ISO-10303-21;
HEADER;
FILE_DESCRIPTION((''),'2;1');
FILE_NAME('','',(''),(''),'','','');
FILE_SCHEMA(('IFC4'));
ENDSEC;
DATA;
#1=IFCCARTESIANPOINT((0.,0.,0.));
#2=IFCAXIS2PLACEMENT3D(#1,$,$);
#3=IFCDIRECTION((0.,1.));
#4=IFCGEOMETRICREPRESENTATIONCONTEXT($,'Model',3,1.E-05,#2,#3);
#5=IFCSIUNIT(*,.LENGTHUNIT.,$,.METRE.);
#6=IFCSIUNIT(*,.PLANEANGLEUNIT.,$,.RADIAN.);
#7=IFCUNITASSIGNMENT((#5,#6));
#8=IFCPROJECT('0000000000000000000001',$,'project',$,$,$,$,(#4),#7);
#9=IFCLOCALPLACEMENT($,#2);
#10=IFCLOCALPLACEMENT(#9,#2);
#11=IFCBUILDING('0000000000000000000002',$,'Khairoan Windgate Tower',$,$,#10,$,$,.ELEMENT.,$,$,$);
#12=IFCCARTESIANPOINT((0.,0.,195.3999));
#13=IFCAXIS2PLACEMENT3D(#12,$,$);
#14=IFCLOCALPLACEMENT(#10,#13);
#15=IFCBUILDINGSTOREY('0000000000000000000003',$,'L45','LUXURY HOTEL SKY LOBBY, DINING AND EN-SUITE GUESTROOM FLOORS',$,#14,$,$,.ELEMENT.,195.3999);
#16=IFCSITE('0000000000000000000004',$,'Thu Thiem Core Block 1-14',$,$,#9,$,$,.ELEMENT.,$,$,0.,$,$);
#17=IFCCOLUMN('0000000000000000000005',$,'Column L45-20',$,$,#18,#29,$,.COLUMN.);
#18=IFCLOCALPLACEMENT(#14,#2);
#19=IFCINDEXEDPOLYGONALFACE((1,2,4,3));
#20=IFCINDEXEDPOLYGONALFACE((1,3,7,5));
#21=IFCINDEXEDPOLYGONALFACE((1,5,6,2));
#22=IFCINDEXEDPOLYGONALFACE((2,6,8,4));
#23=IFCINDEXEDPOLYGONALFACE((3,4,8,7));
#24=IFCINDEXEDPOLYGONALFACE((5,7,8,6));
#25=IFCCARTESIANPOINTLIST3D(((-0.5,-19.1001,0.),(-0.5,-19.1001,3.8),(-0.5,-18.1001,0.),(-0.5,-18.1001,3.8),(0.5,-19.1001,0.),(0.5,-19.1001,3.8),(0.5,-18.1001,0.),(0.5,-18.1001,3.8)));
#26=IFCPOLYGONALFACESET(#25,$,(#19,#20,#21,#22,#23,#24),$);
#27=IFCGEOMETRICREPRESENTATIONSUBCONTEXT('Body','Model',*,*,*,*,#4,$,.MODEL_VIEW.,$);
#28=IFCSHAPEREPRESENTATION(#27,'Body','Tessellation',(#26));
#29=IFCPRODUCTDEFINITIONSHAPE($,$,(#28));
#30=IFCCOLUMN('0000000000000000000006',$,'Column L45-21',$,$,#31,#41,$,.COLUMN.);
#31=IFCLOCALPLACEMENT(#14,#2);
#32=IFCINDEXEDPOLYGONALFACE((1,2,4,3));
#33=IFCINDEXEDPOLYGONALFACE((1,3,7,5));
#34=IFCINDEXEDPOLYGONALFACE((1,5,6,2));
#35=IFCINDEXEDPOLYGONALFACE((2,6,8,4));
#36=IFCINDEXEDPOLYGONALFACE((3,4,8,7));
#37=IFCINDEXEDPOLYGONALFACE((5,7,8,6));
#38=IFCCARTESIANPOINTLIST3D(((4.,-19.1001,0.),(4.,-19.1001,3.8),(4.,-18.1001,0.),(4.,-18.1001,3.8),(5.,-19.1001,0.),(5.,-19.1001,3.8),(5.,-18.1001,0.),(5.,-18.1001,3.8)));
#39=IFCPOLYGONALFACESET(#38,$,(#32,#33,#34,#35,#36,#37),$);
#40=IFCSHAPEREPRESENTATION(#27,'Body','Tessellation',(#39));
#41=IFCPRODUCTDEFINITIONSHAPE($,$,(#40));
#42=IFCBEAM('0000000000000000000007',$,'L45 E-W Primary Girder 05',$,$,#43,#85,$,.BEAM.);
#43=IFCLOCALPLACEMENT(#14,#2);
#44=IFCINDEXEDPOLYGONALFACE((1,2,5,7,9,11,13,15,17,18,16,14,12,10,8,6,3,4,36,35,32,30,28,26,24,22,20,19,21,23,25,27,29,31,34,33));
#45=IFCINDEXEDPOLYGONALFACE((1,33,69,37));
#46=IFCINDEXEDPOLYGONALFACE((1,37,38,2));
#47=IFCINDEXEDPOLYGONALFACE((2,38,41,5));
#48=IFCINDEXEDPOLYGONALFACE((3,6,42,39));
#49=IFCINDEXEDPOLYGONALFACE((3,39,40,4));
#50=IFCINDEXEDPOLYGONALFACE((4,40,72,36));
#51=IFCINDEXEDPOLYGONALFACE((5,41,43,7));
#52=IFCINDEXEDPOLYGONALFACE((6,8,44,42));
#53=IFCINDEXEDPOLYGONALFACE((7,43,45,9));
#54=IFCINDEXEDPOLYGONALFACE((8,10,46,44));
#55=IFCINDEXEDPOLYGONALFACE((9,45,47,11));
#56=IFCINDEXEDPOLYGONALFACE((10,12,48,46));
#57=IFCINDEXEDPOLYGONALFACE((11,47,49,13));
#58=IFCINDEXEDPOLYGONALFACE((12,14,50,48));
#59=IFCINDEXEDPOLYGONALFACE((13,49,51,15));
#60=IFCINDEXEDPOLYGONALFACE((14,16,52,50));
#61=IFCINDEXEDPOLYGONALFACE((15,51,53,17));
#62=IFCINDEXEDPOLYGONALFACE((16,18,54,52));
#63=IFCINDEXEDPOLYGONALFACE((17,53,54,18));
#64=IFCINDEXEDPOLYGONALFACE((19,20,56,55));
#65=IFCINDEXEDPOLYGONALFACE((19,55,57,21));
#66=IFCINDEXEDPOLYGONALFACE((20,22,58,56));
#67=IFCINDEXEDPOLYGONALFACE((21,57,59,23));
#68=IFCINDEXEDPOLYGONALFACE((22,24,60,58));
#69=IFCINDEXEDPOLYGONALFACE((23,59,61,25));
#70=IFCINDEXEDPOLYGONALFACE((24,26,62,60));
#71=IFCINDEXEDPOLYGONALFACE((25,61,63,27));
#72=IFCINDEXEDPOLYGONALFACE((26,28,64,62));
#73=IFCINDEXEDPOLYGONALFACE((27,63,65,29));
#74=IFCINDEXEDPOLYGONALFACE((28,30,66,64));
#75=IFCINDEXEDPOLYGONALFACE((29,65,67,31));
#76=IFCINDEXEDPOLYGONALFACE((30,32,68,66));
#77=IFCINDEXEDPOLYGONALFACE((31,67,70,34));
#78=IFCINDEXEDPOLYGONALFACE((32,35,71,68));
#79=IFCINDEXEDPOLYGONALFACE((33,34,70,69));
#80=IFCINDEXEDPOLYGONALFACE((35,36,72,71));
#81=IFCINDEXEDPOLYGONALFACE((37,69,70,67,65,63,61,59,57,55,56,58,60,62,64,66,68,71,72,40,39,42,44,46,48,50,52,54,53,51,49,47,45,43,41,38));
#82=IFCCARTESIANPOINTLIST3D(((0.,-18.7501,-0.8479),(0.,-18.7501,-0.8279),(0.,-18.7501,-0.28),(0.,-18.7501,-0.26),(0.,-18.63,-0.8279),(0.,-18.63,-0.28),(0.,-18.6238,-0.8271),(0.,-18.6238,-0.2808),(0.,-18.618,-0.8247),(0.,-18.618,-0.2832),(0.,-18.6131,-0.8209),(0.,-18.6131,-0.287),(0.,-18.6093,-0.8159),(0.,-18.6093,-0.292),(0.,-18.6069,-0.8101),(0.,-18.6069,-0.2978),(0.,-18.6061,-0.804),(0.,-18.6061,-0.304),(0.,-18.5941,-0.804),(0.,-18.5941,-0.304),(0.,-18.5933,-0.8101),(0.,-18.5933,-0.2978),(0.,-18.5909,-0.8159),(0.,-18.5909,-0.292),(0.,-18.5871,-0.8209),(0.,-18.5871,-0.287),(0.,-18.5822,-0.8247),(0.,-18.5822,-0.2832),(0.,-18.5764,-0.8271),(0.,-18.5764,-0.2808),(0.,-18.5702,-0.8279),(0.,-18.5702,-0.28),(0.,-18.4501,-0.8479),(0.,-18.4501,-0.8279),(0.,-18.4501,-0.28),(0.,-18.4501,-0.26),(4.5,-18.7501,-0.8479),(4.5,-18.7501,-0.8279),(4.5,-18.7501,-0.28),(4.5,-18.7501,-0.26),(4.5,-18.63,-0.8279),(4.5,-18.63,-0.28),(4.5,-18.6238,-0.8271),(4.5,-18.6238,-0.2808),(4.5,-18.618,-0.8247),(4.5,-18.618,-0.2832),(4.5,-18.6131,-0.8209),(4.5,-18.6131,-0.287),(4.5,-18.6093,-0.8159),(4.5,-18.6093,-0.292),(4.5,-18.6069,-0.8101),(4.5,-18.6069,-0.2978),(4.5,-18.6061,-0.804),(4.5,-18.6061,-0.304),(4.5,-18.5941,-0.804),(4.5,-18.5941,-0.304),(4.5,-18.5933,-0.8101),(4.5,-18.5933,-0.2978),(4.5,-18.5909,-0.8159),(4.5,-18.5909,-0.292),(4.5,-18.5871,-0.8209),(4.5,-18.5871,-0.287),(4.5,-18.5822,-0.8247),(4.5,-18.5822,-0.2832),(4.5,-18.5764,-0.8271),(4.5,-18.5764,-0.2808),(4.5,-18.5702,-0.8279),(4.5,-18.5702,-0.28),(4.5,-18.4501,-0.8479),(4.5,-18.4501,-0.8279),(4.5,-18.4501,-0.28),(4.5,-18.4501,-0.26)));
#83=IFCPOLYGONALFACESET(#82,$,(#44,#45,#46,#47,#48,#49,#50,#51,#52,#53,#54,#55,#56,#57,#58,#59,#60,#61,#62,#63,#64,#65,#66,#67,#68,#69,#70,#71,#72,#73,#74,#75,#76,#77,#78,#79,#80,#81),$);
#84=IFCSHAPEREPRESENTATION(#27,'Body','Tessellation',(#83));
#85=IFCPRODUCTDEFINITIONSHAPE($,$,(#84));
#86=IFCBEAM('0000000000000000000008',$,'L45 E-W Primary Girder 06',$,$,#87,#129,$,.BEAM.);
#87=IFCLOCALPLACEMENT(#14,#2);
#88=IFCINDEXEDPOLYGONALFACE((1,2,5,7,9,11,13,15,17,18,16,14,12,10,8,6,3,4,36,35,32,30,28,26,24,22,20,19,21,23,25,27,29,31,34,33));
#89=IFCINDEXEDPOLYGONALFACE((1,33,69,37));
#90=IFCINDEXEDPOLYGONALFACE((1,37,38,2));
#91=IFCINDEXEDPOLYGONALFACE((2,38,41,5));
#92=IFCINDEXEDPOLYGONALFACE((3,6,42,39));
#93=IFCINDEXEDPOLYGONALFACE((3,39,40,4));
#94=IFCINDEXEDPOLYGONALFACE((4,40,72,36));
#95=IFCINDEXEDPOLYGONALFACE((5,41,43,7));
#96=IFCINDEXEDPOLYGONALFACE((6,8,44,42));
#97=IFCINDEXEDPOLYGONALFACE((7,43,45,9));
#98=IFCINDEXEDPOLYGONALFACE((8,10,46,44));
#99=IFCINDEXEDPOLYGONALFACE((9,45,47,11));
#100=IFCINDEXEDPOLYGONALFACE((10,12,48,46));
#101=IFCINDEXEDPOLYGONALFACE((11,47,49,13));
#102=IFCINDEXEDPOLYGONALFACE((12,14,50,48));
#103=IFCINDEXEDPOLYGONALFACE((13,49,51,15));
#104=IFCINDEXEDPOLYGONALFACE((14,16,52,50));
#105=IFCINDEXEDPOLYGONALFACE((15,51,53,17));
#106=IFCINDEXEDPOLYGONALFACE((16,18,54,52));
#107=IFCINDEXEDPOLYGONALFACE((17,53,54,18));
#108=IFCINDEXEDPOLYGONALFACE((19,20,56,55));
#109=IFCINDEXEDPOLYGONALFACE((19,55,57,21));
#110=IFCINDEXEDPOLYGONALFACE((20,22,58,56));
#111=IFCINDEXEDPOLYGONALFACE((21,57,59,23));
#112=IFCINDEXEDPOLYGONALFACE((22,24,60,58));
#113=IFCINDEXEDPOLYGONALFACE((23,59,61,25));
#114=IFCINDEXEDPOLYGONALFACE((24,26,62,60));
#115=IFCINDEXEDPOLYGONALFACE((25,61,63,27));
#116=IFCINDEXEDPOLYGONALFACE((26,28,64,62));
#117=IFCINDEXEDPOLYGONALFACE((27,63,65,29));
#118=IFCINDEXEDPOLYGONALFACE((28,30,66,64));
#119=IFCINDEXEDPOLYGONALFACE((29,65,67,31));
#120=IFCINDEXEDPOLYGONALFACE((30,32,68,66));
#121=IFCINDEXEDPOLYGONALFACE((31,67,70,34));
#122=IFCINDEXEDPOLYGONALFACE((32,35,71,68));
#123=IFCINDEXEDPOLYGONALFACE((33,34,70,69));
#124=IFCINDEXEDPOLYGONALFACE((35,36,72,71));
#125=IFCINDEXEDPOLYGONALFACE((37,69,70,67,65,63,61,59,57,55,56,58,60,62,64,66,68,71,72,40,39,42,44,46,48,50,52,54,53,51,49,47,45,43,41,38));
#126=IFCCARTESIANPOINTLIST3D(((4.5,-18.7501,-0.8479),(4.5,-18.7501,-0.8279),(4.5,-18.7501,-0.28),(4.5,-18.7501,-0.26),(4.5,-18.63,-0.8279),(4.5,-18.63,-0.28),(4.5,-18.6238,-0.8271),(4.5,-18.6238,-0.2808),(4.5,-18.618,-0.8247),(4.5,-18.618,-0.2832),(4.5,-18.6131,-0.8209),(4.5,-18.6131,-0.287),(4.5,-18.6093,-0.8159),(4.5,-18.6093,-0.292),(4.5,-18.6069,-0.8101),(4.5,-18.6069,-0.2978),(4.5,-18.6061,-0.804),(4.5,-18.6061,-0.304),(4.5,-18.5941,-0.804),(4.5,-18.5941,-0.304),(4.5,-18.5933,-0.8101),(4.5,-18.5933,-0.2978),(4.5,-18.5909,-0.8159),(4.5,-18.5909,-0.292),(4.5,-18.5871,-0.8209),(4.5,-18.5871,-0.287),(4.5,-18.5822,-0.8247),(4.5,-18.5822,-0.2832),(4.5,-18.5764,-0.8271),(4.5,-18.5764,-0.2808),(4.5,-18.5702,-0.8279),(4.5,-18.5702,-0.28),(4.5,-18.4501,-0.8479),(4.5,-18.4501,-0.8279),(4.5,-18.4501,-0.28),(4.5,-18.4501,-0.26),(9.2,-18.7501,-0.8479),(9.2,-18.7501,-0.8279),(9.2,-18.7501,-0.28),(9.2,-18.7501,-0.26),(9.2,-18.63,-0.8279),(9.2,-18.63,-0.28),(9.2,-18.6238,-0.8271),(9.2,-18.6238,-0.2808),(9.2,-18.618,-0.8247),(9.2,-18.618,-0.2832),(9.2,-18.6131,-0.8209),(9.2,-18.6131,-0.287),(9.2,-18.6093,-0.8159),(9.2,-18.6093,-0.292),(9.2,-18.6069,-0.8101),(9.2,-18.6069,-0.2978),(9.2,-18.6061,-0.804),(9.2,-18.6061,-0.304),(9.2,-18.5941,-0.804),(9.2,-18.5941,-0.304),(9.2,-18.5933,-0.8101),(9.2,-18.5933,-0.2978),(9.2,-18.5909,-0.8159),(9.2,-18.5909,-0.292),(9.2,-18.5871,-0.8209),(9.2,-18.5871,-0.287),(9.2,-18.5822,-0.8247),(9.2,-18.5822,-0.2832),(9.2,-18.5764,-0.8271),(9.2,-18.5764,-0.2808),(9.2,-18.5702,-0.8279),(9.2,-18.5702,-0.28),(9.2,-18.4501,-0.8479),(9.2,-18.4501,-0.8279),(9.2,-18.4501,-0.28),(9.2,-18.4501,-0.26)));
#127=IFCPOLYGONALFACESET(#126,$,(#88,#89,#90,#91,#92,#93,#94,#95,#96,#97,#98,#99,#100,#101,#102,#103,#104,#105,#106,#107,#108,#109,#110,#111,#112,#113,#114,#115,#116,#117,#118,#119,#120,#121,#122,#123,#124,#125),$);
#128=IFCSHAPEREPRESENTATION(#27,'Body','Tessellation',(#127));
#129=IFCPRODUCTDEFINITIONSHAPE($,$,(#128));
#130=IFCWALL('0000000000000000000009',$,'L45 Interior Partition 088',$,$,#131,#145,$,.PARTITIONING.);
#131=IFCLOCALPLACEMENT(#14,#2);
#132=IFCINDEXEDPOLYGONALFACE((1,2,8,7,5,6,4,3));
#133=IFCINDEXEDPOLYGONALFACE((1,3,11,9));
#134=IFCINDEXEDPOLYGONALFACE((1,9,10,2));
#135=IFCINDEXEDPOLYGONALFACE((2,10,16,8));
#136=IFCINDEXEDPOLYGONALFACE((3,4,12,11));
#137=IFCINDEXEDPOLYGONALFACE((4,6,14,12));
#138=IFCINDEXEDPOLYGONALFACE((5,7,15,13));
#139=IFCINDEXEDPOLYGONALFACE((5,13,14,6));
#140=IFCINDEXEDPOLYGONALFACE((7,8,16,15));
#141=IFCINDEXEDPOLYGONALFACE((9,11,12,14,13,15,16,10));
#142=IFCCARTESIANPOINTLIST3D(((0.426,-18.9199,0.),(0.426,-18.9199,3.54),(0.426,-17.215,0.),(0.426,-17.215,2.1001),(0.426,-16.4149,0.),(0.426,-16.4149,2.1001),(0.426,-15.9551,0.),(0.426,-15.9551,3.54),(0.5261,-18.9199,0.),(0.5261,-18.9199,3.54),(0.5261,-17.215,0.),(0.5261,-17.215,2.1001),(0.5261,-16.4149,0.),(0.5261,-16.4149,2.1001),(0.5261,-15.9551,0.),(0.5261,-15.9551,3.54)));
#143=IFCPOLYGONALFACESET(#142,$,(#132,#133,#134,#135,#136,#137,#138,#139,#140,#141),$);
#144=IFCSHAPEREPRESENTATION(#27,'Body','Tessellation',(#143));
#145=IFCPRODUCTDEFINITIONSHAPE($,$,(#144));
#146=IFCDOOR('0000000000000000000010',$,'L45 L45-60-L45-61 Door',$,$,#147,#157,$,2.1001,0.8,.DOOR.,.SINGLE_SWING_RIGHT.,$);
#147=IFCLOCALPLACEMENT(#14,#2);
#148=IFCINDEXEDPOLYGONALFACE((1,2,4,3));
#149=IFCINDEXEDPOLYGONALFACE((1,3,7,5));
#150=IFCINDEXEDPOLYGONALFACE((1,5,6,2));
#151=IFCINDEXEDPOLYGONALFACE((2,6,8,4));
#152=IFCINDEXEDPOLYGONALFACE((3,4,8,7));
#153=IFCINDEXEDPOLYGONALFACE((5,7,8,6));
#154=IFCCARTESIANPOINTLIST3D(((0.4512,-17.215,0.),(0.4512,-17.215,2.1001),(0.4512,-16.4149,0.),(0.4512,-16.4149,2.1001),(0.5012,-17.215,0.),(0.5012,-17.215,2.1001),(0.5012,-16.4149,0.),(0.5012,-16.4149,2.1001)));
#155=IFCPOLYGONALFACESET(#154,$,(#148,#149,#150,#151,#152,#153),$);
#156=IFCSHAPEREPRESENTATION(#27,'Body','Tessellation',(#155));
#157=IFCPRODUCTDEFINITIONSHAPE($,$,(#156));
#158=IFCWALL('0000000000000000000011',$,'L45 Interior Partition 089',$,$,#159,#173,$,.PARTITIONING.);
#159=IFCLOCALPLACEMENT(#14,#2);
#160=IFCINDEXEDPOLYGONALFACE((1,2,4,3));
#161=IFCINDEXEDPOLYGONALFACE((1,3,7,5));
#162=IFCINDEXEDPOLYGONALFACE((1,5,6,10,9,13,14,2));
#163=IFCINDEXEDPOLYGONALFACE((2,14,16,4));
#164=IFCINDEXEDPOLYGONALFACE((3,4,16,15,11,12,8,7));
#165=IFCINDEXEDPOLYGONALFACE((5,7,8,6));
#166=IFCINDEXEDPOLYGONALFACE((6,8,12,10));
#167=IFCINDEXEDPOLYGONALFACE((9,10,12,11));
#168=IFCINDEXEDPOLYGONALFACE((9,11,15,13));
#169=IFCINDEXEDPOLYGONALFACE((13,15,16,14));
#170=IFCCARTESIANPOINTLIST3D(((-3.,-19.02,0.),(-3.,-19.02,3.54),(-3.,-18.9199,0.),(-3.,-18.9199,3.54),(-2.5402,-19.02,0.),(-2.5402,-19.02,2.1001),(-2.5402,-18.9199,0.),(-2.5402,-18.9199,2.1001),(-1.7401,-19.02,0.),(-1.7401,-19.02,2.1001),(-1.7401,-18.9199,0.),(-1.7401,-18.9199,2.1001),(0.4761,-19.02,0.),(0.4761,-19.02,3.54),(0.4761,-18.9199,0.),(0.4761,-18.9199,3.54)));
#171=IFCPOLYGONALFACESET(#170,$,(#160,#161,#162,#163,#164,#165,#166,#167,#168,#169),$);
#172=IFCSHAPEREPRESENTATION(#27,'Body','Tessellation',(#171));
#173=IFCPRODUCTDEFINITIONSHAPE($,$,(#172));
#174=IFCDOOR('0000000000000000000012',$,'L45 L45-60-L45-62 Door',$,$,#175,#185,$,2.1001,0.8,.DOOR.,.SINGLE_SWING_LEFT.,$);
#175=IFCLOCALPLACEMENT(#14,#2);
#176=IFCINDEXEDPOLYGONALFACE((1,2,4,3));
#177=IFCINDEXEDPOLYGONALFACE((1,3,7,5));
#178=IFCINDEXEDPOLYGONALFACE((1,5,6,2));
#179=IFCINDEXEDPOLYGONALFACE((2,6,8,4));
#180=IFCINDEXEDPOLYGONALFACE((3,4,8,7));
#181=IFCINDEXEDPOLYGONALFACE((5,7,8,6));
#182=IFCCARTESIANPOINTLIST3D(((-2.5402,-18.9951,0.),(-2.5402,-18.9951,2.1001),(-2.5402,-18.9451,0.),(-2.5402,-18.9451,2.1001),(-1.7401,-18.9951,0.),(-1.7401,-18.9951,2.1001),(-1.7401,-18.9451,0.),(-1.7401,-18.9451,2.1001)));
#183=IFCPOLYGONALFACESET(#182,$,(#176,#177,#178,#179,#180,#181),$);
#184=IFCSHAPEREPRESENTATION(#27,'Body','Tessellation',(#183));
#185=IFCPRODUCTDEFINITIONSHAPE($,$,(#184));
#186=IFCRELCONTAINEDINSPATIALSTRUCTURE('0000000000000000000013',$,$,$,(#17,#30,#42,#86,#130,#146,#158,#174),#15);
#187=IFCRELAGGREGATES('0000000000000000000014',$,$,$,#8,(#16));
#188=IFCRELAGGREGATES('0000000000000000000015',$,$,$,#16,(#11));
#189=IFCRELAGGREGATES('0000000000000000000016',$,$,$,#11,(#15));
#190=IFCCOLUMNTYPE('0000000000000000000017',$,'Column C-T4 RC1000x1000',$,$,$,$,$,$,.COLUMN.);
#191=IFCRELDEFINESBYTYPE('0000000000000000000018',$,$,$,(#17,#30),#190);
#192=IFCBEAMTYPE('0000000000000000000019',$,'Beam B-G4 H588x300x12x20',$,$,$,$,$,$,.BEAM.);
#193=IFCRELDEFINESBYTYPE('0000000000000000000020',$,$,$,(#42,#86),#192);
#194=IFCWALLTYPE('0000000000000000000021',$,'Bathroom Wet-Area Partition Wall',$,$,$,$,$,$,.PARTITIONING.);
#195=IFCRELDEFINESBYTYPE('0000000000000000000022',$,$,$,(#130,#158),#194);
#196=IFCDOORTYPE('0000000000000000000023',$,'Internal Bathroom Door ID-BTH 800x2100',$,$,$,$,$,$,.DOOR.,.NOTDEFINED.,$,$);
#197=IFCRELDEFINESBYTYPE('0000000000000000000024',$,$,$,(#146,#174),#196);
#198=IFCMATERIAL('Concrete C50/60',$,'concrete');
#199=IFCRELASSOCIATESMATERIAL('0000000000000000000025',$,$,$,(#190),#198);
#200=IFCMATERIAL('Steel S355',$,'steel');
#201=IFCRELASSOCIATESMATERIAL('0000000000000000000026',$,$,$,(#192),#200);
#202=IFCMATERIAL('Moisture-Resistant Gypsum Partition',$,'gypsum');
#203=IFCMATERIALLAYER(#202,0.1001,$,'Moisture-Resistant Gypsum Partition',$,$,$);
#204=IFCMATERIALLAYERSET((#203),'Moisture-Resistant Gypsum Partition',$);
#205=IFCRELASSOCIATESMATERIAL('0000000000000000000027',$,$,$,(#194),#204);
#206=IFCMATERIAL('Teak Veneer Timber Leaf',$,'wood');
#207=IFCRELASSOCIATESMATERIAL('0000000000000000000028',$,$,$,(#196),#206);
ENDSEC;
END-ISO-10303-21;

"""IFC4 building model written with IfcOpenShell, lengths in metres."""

from ifc_helpers import new_model, si_unit, direction, frame, frame_2d, origin, origin_2d, place, context, subcontext, project, spatial, rectangle, i_section, extrude, material, layer, layer_set, material_profile, profile_set, type_object, element, fill, save


model = new_model("IFC4")

# Units and contexts
model_context = context("Model", 3, precision=1e-05, world=origin(), true_north=direction((0.0, 1.0)))
body_context = subcontext(model_context, "Body", "Model", "MODEL_VIEW")
ifc_project = project(units=[si_unit("LENGTHUNIT", "METRE"), si_unit("PLANEANGLEUNIT", "RADIAN")], contexts=[model_context])

# Site, building, storey
site_placement = place(None, origin())
site = spatial("IfcSite", under=ifc_project, at=site_placement, Name="Thu Thiem Core Block 1-14", CompositionType="ELEMENT", RefElevation=0.0)
building_placement = place(site_placement, origin())
building = spatial("IfcBuilding", under=site, at=building_placement, Name="Khairoan Windgate Tower", CompositionType="ELEMENT")
storey_placement = place(building_placement, frame((0.0, 0.0, 195.3999)))
storey = spatial("IfcBuildingStorey", under=building, at=storey_placement, Name="L45", Description="LUXURY HOTEL SKY LOBBY, DINING AND EN-SUITE GUESTROOM FLOORS", CompositionType="ELEMENT", Elevation=195.3999)

# Columns
ifc_material_1 = material(Name="Concrete C50/60", Category="concrete")
ifc_material_profile_1 = material_profile(ifc_material_1, rectangle(XDim=1.0, YDim=1.0, at=origin_2d()))
ifc_profile_set_1 = profile_set([ifc_material_profile_1], Name="Concrete C50/60")
column_type = type_object("IfcColumnType", Name="Column C-T4 RC1000x1000", PredefinedType="COLUMN", material=ifc_profile_set_1)
for number, where, z_axis, x_axis, name in (
    (1, (0.0, -18.6001, 0.0), (0.0, 0.0, 1.0), (1.0, 0.0, 0.0), "Column L45-20"),
    (2, (4.5, -18.6001, 0.0), (0.0, 0.0, 1.0), (1.0, 0.0, 0.0), "Column L45-21"),
):
    element("IfcColumn", number, at=place(storey_placement, frame(where, z_axis=z_axis, x_axis=x_axis)), inside=storey, type_object=column_type, Name=name, PredefinedType="COLUMN", context=body_context, shape_type="SweptSolid", body=[
        extrude(rectangle(XDim=1.0, YDim=1.0, at=origin_2d()), origin(), (0.0, 0.0, 1.0), 3.8),
    ])

# Beams
ifc_material_2 = material(Name="Steel S355", Category="steel")
ifc_material_profile_2 = material_profile(ifc_material_2, i_section(OverallWidth=0.3, OverallDepth=0.5879, WebThickness=0.012, FlangeThickness=0.02, FilletRadius=0.0239, at=origin_2d()))
ifc_profile_set_2 = profile_set([ifc_material_profile_2], Name="Steel S355")
beam_type = type_object("IfcBeamType", Name="Beam B-G4 H588x300x12x20", PredefinedType="BEAM", material=ifc_profile_set_2)
beam_1_placement = place(storey_placement, frame((0.0, -18.6001, -0.554), z_axis=(1.0, 0.0, 0.0), x_axis=(0.0, 1.0, 0.0)))
element("IfcBeam", 3, at=beam_1_placement, inside=storey, type_object=beam_type, Name="L45 E-W Primary Girder 05", PredefinedType="BEAM", context=body_context, shape_type="SweptSolid", body=[
    extrude(i_section(OverallWidth=0.3, OverallDepth=0.5879, WebThickness=0.012, FlangeThickness=0.02, FilletRadius=0.0239, at=origin_2d()), origin(), (0.0, 0.0, 1.0), 4.5),
])
beam_2_placement = place(storey_placement, frame((4.5, -18.6001, -0.554), z_axis=(1.0, 0.0, 0.0), x_axis=(0.0, 1.0, 0.0)))
element("IfcBeam", 4, at=beam_2_placement, inside=storey, type_object=beam_type, Name="L45 E-W Primary Girder 06", PredefinedType="BEAM", context=body_context, shape_type="SweptSolid", body=[
    extrude(i_section(OverallWidth=0.3, OverallDepth=0.5879, WebThickness=0.012, FlangeThickness=0.02, FilletRadius=0.0239, at=origin_2d()), origin(), (0.0, 0.0, 1.0), 4.7),
])

# Walls, openings, doors
ifc_material_3 = material(Name="Moisture-Resistant Gypsum Partition", Category="gypsum")
ifc_layer_1 = layer(ifc_material_3, 0.1001, Name="Moisture-Resistant Gypsum Partition")
ifc_layer_set_1 = layer_set([ifc_layer_1], Name="Moisture-Resistant Gypsum Partition")
wall_type_1 = type_object("IfcWallType", Name="Bathroom Wet-Area Partition Wall", PredefinedType="PARTITIONING", material=ifc_layer_set_1)
wall_1_placement = place(storey_placement, frame((0.4761, -18.9199, 0.0), z_axis=(0.0, 0.0, 1.0), x_axis=(0.0, 1.0, 0.0)))
wall_1 = element("IfcWall", 5, at=wall_1_placement, inside=storey, type_object=wall_type_1, Name="L45 Interior Partition 088", PredefinedType="PARTITIONING", context=body_context, shape_type="SweptSolid", body=[
    extrude(rectangle(XDim=2.9648, YDim=0.1001, at=frame_2d((1.4824, 0.0))), origin(), (0.0, 0.0, 1.0), 3.54),
])
opening_1_placement = place(wall_1_placement, frame((1.7051, 0.0, 0.0)))
opening_1 = element("IfcOpeningElement", 6, at=opening_1_placement, cuts=wall_1, PredefinedType="OPENING", context=body_context, shape_type="SweptSolid", body=[
    extrude(rectangle(XDim=0.8, YDim=2.1001, at=frame_2d((0.3999, 1.05))), frame((0.0, 0.0601, 0.0), z_axis=(0.0, -1.0, 0.0), x_axis=(1.0, 0.0, 0.0)), (0.0, 0.0, 1.0), 0.1201),
])
ifc_material_4 = material(Name="Teak Veneer Timber Leaf", Category="wood")
door_type_1 = type_object("IfcDoorType", Name="Internal Bathroom Door ID-BTH 800x2100", OperationType="NOTDEFINED", PredefinedType="DOOR", material=ifc_material_4)
door_1_placement = place(opening_1_placement, origin())
door_1 = element("IfcDoor", 7, at=door_1_placement, inside=storey, type_object=door_type_1, Name="L45 L45-60-L45-61 Door", OperationType="SINGLE_SWING_RIGHT", OverallHeight=2.1001, OverallWidth=0.8, PredefinedType="DOOR", context=body_context, shape_type="SweptSolid", body=[
    extrude(rectangle(XDim=0.8, YDim=2.1001, at=frame_2d((0.3999, 1.05))), frame((0.0, 0.0249, 0.0), z_axis=(0.0, -1.0, 0.0), x_axis=(1.0, 0.0, 0.0)), (0.0, 0.0, 1.0), 0.05),
])
fill(opening_1, door_1)
wall_2_placement = place(storey_placement, frame((-3.0, -18.97, 0.0), z_axis=(0.0, 0.0, 1.0), x_axis=(1.0, 0.0, 0.0)))
wall_2 = element("IfcWall", 8, at=wall_2_placement, inside=storey, type_object=wall_type_1, Name="L45 Interior Partition 089", PredefinedType="PARTITIONING", context=body_context, shape_type="SweptSolid", body=[
    extrude(rectangle(XDim=3.4761, YDim=0.1001, at=frame_2d((1.738, 0.0))), origin(), (0.0, 0.0, 1.0), 3.54),
])
opening_2_placement = place(wall_2_placement, frame((0.46, 0.0, 0.0)))
opening_2 = element("IfcOpeningElement", 9, at=opening_2_placement, cuts=wall_2, PredefinedType="OPENING", context=body_context, shape_type="SweptSolid", body=[
    extrude(rectangle(XDim=0.8, YDim=2.1001, at=frame_2d((0.3999, 1.05))), frame((0.0, 0.0601, 0.0), z_axis=(0.0, -1.0, 0.0), x_axis=(1.0, 0.0, 0.0)), (0.0, 0.0, 1.0), 0.1201),
])
door_2_placement = place(opening_2_placement, origin())
door_2 = element("IfcDoor", 10, at=door_2_placement, inside=storey, type_object=door_type_1, Name="L45 L45-60-L45-62 Door", OperationType="SINGLE_SWING_LEFT", OverallHeight=2.1001, OverallWidth=0.8, PredefinedType="DOOR", context=body_context, shape_type="SweptSolid", body=[
    extrude(rectangle(XDim=0.8, YDim=2.1001, at=frame_2d((0.3999, 1.05))), frame((0.0, 0.0249, 0.0), z_axis=(0.0, -1.0, 0.0), x_axis=(1.0, 0.0, 0.0)), (0.0, 0.0, 1.0), 0.05),
])
fill(opening_2, door_2)

save(model, "model.ifc")
